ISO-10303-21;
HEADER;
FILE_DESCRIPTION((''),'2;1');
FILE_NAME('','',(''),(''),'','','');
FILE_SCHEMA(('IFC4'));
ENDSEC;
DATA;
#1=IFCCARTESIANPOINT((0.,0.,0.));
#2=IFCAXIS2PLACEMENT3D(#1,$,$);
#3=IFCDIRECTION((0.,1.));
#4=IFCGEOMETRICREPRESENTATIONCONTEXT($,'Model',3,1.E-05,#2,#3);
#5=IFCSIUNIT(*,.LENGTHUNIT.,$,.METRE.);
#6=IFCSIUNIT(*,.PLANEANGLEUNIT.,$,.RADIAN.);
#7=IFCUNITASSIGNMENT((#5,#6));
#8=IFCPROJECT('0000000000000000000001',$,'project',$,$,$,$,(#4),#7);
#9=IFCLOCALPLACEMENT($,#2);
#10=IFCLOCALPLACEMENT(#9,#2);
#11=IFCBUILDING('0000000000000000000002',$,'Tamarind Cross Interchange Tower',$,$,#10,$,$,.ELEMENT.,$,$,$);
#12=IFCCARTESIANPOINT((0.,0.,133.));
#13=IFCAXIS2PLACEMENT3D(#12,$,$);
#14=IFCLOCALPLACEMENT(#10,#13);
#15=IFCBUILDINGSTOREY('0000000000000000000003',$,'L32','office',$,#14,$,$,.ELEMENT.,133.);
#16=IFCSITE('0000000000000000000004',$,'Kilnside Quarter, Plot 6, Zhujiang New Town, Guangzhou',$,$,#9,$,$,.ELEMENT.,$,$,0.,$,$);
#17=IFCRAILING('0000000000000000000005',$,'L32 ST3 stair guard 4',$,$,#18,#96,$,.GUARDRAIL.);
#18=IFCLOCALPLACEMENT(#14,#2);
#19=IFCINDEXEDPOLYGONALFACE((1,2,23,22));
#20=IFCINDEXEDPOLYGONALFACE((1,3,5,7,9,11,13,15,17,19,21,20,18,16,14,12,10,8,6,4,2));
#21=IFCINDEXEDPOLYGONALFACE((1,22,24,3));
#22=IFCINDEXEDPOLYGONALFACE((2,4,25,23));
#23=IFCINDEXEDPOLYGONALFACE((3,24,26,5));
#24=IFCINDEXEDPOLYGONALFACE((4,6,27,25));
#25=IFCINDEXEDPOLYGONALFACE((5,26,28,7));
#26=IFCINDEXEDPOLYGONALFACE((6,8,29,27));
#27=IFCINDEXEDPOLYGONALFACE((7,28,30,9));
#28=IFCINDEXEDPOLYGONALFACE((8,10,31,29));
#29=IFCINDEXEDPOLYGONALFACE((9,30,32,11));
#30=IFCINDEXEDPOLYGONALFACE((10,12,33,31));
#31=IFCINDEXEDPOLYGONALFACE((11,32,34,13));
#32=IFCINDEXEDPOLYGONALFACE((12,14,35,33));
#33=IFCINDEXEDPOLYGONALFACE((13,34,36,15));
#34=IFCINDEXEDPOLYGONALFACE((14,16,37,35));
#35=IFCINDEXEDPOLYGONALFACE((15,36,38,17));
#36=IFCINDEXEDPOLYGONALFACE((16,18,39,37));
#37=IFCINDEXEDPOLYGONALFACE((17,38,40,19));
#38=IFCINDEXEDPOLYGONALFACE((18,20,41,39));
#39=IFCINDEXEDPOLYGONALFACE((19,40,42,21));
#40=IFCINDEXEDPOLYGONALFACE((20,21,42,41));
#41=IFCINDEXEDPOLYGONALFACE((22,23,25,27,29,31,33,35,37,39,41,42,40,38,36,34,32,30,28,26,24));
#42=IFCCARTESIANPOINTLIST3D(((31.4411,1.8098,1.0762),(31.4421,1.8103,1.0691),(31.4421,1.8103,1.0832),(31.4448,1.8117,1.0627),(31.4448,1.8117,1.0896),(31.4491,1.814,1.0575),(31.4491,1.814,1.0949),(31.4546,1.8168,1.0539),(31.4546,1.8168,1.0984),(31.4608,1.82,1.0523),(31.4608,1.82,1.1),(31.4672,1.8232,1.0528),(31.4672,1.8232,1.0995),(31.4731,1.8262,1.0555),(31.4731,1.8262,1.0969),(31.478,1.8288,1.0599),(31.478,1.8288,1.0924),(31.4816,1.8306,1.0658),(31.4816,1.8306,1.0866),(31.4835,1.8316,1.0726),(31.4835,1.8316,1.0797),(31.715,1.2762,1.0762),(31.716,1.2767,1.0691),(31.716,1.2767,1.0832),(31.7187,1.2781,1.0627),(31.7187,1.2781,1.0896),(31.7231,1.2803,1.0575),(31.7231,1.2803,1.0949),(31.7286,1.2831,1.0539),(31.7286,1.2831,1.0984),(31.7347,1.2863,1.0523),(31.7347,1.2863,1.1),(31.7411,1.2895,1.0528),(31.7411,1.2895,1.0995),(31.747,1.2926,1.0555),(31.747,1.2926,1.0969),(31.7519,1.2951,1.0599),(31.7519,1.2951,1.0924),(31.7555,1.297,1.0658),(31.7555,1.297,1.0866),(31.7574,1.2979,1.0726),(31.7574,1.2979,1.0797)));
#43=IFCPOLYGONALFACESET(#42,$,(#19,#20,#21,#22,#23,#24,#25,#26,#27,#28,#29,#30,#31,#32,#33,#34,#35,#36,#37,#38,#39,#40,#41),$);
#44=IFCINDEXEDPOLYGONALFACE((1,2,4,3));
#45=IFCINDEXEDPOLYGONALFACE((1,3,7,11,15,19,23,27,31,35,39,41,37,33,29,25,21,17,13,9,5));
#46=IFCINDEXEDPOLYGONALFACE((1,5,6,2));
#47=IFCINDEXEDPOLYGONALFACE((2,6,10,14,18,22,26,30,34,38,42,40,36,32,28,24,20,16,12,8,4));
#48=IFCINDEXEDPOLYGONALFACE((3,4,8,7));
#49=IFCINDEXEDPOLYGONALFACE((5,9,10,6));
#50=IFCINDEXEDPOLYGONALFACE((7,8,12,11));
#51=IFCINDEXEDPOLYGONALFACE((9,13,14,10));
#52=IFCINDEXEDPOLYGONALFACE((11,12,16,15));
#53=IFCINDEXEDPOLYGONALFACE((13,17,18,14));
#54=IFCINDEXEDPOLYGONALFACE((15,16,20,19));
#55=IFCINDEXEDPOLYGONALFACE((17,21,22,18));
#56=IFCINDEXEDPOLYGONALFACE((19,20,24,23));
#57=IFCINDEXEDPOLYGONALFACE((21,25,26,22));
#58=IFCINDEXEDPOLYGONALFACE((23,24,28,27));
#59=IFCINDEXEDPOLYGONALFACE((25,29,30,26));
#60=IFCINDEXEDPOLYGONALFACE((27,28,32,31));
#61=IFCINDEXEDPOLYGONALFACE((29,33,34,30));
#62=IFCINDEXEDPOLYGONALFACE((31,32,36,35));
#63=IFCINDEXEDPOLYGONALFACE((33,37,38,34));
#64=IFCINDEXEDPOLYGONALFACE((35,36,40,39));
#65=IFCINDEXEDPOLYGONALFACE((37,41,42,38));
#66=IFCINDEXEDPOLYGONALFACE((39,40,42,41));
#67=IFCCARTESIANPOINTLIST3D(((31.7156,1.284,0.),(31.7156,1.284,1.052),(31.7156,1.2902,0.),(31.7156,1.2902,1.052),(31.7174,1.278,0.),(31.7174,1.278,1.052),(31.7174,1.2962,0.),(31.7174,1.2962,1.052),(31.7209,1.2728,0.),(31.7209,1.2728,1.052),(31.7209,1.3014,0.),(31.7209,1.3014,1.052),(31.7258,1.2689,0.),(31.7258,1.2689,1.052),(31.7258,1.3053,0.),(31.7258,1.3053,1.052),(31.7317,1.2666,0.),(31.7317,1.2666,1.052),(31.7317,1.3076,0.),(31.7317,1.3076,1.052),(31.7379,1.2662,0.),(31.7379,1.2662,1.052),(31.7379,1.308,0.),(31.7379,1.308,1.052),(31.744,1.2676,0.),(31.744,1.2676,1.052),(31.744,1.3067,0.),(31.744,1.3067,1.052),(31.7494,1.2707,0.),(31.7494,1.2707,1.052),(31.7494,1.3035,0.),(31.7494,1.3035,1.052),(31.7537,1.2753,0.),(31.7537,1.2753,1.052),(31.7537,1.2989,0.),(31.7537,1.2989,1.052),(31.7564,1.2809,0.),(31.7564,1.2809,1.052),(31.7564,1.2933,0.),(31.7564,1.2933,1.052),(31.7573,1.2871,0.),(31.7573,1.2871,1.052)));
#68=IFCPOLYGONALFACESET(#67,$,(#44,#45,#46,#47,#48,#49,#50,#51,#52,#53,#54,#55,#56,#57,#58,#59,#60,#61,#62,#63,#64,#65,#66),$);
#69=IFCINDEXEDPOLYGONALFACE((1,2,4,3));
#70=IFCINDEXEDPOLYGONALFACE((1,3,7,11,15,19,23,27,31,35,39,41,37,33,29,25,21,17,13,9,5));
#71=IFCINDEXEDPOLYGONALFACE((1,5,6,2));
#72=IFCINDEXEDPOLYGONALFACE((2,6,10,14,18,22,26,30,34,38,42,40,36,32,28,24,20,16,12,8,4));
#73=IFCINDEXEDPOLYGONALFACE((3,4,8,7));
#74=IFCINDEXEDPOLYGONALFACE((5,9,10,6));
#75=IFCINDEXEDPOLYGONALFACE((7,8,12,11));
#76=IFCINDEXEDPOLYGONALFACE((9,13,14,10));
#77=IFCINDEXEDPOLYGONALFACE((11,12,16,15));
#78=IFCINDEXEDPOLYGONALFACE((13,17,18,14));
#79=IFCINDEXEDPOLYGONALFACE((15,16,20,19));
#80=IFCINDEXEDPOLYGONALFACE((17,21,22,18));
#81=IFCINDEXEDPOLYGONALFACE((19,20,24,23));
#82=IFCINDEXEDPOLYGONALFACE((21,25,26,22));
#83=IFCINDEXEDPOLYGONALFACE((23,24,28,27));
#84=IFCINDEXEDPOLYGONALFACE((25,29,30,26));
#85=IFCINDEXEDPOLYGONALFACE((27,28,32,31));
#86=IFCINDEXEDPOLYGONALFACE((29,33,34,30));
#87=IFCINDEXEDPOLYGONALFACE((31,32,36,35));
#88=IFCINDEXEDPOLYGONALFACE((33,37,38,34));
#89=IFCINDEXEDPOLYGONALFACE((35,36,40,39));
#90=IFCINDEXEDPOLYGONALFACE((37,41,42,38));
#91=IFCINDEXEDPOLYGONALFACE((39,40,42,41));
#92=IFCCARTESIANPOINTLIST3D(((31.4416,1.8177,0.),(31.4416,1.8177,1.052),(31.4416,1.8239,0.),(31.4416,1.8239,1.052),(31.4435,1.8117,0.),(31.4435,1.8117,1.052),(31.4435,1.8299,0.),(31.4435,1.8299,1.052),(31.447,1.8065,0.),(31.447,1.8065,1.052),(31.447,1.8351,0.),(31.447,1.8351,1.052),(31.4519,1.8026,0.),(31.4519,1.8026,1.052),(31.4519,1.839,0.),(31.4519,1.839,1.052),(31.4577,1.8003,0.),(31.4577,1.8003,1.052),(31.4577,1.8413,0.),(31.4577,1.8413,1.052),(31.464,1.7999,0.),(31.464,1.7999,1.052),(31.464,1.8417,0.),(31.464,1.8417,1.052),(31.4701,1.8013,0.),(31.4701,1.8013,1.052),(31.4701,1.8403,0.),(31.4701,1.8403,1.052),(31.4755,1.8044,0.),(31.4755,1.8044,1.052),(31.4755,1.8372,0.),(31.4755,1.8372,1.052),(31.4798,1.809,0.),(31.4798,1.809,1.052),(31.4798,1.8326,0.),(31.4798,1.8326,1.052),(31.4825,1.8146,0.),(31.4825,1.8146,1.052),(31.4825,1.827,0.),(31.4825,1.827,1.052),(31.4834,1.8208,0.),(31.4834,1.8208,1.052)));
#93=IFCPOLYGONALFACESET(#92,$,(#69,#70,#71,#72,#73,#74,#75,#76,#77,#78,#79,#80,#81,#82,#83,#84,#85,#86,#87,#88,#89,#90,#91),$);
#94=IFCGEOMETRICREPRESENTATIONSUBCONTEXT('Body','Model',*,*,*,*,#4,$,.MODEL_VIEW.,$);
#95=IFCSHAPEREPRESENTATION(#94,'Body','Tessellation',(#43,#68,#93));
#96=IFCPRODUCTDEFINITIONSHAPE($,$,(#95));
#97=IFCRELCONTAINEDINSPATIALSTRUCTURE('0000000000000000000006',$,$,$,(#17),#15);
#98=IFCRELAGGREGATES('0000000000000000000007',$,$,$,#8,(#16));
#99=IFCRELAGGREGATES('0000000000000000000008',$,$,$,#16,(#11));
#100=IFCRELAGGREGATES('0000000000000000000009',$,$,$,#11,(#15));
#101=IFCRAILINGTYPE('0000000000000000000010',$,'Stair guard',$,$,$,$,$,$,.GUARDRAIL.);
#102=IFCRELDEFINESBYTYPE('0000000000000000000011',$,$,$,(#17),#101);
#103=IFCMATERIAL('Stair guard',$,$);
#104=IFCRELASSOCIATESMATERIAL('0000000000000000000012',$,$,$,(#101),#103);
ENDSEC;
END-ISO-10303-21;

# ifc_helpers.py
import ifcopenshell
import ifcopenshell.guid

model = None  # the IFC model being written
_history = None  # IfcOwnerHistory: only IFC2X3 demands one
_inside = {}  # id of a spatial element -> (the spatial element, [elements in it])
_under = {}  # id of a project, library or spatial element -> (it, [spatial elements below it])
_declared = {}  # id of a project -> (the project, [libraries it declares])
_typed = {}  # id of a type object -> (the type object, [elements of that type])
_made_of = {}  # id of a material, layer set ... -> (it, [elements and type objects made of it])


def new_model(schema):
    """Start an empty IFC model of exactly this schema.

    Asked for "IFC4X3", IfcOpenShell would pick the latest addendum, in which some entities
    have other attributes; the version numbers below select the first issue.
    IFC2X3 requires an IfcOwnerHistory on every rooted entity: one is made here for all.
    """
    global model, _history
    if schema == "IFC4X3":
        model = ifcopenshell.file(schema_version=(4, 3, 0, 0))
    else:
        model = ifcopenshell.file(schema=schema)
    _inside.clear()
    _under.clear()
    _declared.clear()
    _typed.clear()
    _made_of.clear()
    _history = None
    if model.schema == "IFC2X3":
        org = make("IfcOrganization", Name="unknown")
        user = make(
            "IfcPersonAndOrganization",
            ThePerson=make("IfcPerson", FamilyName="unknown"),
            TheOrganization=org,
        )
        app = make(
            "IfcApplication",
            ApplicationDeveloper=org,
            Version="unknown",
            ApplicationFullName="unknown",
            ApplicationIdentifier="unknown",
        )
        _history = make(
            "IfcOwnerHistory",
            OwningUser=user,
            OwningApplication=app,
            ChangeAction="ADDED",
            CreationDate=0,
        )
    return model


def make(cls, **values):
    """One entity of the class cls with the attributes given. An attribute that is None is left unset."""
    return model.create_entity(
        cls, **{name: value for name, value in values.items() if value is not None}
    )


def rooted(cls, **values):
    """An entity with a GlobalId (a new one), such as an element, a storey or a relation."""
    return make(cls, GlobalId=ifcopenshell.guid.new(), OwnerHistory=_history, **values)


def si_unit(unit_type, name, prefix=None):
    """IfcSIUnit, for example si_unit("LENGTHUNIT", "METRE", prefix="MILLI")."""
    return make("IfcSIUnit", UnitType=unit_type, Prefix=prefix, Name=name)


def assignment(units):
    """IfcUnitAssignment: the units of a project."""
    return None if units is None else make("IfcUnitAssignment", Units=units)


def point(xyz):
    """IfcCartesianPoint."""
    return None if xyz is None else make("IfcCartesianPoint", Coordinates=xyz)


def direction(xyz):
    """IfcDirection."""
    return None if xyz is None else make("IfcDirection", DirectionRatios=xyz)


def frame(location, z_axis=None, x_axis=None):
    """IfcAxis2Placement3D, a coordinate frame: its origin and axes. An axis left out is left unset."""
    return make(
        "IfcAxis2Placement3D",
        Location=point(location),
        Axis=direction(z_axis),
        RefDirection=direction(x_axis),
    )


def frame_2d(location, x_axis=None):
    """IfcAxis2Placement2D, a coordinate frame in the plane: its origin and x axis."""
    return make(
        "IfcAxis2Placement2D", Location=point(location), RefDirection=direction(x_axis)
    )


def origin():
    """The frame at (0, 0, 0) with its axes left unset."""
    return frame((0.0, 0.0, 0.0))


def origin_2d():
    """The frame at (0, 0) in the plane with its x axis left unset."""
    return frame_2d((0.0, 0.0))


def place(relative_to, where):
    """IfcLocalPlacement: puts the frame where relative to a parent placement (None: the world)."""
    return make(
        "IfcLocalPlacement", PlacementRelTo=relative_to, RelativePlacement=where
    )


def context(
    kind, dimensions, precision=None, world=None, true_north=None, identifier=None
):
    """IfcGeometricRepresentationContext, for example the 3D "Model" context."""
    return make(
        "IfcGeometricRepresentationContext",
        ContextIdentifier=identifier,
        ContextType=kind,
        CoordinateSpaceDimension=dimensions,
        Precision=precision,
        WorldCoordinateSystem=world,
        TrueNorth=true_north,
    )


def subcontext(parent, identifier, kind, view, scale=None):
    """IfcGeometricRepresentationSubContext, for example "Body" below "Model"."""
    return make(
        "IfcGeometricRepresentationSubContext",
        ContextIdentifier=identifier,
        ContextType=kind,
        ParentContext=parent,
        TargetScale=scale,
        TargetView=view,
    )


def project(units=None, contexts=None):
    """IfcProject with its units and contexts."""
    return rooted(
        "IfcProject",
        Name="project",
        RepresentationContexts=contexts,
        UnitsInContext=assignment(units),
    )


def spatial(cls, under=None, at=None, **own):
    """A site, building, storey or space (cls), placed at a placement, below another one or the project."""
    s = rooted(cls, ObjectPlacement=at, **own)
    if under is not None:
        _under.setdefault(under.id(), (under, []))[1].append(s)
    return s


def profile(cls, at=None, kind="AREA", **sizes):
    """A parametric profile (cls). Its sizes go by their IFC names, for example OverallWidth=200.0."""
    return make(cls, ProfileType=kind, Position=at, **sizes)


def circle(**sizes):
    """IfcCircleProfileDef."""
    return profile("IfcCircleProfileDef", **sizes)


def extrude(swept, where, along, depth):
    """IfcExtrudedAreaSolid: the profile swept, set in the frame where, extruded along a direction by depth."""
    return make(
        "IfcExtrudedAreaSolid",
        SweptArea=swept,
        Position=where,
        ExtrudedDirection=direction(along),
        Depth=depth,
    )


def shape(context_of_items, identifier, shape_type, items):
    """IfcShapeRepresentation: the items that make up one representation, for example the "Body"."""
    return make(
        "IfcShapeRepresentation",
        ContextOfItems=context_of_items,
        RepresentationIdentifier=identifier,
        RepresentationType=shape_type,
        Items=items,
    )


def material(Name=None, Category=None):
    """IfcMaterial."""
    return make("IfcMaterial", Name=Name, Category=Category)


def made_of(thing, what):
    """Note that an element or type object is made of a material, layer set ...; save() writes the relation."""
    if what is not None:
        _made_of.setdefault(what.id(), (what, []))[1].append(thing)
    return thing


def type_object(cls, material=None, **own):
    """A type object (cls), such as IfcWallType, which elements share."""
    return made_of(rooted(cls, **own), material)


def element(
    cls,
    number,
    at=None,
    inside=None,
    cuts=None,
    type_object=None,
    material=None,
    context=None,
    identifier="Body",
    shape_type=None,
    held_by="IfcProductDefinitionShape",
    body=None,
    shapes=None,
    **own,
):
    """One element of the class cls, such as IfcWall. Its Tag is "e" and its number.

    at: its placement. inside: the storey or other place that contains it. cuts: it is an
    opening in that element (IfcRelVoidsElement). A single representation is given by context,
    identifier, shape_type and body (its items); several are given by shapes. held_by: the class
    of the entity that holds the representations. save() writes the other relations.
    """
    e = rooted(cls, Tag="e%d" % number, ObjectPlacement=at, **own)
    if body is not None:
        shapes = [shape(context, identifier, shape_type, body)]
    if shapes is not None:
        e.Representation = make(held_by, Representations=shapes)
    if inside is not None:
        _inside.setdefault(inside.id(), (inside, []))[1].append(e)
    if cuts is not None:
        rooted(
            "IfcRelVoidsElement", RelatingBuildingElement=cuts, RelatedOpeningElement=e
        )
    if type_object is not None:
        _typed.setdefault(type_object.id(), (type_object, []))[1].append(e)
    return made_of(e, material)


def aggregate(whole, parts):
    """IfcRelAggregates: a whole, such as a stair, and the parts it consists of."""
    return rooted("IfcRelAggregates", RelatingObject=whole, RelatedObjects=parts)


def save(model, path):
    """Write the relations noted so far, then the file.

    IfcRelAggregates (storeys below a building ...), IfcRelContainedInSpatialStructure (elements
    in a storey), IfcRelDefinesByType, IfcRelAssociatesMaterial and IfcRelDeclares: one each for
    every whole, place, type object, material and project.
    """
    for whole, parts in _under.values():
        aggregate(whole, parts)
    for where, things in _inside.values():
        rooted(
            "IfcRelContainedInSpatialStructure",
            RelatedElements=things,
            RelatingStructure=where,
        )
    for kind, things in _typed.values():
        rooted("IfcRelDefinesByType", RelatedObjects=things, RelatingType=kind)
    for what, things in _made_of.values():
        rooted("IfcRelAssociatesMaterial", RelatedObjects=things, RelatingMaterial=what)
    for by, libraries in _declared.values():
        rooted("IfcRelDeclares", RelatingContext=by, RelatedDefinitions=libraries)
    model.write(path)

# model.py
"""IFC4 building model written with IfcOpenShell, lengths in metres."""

from ifc_helpers import new_model, si_unit, direction, frame, origin, origin_2d, place, context, subcontext, project, spatial, circle, extrude, material, type_object, element, save


model = new_model("IFC4")

# Units and contexts
model_context = context("Model", 3, precision=1e-05, world=origin(), true_north=direction((0.0, 1.0)))
body_context = subcontext(model_context, "Body", "Model", "MODEL_VIEW")
ifc_project = project(units=[si_unit("LENGTHUNIT", "METRE"), si_unit("PLANEANGLEUNIT", "RADIAN")], contexts=[model_context])

# Site, building, storey
site_placement = place(None, origin())
site = spatial("IfcSite", under=ifc_project, at=site_placement, Name="Kilnside Quarter, Plot 6, Zhujiang New Town, Guangzhou", CompositionType="ELEMENT", RefElevation=0.0)
building_placement = place(site_placement, origin())
building = spatial("IfcBuilding", under=site, at=building_placement, Name="Tamarind Cross Interchange Tower", CompositionType="ELEMENT")
storey_placement = place(building_placement, frame((0.0, 0.0, 133.0)))
storey = spatial("IfcBuildingStorey", under=building, at=storey_placement, Name="L32", Description="office", CompositionType="ELEMENT", Elevation=133.0)

# Railing
ifc_material_1 = material(Name="Stair guard")
railing_type_1 = type_object("IfcRailingType", Name="Stair guard", PredefinedType="GUARDRAIL", material=ifc_material_1)
railing_1_placement = place(storey_placement, frame((31.7363, 1.2871, 0.0)))
element("IfcRailing", 1, at=railing_1_placement, inside=storey, type_object=railing_type_1, Name="L32 ST3 stair guard 4", PredefinedType="GUARDRAIL", context=body_context, shape_type="SweptSolid", body=[
    extrude(circle(Radius=0.0239, at=origin_2d()), frame((0.0, 0.0, 1.0762), z_axis=(-0.456631, 0.889656, 0.0), x_axis=(-0.889656, -0.456631, 0.0)), (0.0, 0.0, 1.0), 0.5999),
    extrude(circle(Radius=0.021, at=origin_2d()), origin(), (0.0, 0.0, 1.0), 1.052),
    extrude(circle(Radius=0.021, at=origin_2d()), frame((-0.2739, 0.5337, 0.0)), (0.0, 0.0, 1.0), 1.052),
])

save(model, "model.ifc")
